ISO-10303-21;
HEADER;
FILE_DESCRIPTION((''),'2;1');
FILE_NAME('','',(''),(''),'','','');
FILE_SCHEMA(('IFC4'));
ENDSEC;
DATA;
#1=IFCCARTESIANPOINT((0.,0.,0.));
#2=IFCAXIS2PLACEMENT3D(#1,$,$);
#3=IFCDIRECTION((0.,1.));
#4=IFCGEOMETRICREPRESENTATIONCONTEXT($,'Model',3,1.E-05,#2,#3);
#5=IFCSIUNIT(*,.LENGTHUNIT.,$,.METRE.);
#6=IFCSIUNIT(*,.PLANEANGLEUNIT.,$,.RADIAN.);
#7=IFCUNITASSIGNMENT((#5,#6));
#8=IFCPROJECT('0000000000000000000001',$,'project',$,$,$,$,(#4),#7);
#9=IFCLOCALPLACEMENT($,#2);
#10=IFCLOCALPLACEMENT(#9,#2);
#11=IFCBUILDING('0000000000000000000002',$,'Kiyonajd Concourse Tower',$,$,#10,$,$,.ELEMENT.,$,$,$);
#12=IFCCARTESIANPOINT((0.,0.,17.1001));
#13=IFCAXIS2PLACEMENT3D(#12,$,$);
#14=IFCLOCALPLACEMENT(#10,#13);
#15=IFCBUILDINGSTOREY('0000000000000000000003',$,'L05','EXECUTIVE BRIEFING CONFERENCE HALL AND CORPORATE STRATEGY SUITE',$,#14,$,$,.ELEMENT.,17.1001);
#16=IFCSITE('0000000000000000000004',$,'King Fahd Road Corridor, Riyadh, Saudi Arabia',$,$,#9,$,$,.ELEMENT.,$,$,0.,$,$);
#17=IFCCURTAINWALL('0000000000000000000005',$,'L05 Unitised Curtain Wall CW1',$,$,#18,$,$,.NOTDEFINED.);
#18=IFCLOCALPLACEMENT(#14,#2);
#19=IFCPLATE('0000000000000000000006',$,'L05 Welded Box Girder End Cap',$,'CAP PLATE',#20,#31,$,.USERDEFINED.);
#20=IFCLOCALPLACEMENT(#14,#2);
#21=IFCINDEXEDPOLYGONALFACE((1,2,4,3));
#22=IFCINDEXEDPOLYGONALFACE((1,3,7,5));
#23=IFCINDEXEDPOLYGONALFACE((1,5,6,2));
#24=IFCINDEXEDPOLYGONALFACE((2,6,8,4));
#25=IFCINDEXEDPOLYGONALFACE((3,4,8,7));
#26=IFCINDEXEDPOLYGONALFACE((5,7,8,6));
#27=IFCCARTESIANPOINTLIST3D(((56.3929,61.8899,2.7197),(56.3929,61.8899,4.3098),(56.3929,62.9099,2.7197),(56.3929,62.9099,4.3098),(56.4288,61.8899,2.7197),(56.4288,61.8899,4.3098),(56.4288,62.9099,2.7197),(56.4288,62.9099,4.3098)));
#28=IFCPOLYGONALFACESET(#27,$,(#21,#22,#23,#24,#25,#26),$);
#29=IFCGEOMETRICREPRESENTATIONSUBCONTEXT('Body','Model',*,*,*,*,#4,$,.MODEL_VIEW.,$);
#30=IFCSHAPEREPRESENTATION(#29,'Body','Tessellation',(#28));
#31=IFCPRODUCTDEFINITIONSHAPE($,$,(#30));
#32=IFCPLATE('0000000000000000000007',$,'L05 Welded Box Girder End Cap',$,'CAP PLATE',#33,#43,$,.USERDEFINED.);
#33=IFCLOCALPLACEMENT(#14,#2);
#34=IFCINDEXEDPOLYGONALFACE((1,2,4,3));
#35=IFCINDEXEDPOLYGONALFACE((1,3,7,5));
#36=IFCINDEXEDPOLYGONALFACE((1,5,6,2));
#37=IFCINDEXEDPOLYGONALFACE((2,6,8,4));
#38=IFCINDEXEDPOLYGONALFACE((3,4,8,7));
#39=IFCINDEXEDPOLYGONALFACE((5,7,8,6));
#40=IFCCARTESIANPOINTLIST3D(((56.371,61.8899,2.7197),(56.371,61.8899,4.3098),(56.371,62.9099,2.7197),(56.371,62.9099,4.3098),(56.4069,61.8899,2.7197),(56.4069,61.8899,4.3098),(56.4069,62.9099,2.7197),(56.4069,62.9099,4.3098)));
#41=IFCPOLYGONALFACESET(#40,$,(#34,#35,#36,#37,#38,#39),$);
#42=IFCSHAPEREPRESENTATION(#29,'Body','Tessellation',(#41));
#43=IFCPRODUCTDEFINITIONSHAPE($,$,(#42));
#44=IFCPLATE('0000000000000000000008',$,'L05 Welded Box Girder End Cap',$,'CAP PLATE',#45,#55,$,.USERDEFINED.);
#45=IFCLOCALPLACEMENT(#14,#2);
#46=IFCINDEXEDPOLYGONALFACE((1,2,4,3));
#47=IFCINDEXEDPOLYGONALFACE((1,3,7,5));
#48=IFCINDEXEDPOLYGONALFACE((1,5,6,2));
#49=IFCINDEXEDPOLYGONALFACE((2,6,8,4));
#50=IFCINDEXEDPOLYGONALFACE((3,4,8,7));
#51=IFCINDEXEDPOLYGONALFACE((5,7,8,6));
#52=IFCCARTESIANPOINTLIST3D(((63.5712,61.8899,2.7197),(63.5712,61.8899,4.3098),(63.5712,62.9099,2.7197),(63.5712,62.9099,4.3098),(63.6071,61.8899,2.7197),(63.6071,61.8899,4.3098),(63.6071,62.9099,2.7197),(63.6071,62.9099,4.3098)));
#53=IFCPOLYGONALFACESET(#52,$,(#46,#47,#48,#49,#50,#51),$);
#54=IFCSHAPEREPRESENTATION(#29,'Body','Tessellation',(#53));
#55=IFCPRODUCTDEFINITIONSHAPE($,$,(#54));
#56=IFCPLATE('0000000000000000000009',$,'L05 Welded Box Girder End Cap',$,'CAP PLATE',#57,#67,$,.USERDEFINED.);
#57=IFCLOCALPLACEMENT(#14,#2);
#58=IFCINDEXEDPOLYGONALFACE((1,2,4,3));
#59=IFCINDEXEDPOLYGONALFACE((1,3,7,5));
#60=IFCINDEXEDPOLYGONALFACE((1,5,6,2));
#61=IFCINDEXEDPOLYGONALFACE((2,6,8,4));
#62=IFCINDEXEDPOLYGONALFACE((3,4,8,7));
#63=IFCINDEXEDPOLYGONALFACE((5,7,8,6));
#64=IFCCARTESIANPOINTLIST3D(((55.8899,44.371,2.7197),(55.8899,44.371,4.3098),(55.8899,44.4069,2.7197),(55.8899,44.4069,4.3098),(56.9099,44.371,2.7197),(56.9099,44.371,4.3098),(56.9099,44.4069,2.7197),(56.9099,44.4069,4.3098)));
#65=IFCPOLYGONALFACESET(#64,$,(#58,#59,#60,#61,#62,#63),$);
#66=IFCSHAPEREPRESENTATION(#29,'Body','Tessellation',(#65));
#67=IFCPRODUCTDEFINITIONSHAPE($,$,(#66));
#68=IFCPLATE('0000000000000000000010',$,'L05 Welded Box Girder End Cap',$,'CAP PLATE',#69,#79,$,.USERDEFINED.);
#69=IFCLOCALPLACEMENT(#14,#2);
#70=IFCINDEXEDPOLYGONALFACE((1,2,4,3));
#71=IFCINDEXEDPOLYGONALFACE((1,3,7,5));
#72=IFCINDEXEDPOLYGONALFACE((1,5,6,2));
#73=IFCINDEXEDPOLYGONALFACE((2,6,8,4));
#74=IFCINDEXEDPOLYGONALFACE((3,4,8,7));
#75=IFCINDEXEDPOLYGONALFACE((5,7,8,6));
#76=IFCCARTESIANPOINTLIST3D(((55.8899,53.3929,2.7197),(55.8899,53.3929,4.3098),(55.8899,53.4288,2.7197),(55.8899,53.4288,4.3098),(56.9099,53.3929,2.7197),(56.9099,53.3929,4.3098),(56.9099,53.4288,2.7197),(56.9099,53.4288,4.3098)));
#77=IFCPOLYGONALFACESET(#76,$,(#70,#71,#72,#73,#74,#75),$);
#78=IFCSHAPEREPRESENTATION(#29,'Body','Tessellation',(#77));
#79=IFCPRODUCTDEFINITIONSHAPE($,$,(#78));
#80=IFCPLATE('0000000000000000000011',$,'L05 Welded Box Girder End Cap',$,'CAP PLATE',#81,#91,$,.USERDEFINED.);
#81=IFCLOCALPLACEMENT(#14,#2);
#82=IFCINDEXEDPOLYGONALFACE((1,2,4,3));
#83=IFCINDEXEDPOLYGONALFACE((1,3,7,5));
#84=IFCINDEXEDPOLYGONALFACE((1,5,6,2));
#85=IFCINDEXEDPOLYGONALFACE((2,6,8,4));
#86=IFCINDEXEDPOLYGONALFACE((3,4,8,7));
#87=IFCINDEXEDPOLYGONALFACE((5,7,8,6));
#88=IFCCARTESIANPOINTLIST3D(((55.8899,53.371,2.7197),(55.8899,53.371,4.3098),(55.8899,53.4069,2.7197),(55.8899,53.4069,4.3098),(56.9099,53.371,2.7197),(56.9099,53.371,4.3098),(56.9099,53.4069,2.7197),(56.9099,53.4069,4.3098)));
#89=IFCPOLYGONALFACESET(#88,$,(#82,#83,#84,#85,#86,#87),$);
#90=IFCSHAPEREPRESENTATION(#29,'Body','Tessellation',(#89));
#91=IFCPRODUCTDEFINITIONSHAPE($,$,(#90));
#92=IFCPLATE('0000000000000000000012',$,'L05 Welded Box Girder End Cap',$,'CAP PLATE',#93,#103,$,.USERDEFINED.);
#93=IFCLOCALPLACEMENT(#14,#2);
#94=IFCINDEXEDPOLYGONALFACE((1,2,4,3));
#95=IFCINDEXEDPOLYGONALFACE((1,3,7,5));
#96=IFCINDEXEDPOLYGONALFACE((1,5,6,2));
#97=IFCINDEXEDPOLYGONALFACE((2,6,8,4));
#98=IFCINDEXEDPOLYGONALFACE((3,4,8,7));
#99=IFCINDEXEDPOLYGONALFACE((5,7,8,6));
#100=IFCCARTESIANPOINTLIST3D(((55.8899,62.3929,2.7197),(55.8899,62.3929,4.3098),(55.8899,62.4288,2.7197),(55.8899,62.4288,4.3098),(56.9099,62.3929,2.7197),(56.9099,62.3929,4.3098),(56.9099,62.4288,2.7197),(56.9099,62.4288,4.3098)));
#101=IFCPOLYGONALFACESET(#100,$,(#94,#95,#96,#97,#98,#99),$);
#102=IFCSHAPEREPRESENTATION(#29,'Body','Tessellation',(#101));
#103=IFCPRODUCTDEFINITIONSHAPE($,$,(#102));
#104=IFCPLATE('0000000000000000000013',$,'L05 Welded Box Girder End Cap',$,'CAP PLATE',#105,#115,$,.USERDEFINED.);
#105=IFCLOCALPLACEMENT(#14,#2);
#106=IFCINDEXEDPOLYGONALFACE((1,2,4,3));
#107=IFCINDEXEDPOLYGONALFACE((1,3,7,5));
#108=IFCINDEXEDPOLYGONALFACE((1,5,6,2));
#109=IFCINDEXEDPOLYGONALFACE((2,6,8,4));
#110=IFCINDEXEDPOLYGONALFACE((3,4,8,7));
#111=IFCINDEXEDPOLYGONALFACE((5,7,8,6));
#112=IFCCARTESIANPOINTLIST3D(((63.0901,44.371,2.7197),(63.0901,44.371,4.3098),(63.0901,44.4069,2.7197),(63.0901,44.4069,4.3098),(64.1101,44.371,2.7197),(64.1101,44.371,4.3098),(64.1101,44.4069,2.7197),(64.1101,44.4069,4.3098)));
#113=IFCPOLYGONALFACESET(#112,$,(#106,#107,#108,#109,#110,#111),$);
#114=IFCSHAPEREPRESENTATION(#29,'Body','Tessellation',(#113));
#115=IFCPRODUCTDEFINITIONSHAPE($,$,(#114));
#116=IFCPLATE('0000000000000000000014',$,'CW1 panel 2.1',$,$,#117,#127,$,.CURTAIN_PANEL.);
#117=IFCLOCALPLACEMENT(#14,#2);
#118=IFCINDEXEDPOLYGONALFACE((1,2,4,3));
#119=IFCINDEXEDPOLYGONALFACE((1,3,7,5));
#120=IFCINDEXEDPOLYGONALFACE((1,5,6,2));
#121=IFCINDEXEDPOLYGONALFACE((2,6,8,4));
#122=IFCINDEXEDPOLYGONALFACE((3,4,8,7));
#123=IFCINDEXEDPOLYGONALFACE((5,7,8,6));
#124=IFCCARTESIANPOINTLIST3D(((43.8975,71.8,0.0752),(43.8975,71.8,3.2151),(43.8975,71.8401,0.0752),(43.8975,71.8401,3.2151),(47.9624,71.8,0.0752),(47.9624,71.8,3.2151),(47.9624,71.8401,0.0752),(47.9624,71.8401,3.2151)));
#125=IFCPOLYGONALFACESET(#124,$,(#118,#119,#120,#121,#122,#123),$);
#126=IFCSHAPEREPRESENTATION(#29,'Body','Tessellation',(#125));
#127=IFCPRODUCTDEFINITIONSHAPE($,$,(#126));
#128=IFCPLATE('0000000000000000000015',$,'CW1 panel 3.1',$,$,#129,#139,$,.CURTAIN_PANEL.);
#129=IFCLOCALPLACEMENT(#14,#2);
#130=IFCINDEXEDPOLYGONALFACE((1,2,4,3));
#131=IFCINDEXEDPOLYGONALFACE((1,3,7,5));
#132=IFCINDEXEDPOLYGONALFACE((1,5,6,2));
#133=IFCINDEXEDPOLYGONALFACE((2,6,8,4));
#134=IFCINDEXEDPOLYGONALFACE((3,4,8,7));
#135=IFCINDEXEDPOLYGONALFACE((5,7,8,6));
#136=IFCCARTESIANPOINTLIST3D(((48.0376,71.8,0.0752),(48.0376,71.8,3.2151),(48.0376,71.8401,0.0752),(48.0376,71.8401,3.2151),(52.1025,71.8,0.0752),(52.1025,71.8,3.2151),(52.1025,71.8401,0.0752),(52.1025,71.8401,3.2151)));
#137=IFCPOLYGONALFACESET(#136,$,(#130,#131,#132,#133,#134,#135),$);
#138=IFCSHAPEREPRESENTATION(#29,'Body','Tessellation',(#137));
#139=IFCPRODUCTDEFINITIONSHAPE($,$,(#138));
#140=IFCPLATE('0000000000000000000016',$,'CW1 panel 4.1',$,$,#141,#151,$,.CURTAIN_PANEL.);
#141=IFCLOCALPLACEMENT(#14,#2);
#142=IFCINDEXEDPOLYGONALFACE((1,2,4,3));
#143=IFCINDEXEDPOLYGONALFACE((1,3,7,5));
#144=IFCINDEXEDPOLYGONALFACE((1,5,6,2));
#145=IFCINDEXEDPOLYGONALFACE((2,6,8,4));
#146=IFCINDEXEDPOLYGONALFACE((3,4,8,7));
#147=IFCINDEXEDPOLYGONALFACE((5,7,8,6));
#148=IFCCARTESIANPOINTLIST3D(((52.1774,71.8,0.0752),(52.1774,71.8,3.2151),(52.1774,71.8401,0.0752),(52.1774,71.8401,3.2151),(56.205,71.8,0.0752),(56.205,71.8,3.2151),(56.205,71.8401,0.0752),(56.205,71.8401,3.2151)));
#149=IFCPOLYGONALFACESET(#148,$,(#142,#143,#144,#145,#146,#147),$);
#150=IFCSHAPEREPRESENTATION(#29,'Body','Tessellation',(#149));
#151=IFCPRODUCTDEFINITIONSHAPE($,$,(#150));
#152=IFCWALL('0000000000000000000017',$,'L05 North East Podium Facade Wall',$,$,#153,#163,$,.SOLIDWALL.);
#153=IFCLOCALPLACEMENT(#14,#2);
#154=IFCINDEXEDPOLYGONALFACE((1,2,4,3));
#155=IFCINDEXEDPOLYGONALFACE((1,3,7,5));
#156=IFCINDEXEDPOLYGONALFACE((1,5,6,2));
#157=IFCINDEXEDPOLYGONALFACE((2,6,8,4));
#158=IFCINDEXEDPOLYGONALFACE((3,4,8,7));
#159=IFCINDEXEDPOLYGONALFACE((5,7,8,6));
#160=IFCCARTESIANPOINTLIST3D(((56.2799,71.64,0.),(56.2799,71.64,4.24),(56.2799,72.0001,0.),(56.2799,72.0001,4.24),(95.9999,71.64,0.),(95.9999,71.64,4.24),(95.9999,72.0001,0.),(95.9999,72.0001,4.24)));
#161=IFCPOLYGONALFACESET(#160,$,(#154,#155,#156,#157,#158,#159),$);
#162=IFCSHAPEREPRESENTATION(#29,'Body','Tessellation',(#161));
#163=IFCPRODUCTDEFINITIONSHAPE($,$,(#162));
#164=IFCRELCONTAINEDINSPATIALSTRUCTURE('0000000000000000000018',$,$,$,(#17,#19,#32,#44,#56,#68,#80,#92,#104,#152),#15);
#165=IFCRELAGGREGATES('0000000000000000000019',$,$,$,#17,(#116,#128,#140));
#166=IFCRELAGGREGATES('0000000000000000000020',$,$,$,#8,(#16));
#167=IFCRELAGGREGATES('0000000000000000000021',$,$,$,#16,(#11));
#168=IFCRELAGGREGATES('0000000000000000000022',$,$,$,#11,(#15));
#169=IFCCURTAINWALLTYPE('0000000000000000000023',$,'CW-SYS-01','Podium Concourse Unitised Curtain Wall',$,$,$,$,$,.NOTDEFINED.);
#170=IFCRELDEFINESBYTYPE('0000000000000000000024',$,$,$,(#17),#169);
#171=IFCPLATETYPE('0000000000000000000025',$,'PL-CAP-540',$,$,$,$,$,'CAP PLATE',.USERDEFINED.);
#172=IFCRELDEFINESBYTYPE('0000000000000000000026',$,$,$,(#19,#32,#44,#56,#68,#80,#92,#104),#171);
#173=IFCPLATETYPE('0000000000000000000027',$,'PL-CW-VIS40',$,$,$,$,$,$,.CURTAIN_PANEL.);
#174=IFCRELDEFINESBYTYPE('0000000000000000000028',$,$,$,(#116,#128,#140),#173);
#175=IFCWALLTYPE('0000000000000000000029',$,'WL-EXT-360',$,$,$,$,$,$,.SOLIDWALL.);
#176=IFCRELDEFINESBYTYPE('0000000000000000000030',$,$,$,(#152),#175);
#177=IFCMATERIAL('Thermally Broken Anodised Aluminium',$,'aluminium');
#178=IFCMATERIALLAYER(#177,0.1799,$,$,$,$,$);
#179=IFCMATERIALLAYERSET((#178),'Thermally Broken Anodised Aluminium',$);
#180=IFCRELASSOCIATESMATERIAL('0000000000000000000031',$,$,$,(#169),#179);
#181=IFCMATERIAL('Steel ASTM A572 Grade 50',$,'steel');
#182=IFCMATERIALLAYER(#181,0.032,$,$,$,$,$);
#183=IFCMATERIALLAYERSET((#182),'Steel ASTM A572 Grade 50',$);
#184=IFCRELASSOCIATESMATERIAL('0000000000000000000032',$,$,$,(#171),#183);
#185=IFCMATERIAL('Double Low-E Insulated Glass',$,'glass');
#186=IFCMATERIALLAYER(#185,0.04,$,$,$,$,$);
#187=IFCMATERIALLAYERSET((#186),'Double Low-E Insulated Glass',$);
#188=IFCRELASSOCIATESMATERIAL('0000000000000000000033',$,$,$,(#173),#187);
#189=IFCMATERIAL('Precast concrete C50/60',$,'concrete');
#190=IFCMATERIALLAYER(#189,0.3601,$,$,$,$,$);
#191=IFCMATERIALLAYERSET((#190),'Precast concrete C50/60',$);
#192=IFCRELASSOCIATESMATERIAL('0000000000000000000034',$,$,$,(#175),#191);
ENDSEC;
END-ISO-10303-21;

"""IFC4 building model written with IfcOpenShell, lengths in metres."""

from ifc_helpers import new_model, si_unit, direction, frame, frame_2d, origin, origin_2d, place, context, subcontext, project, spatial, rectangle, extrude, material, layer, layer_set, type_object, element, aggregate, save


model = new_model("IFC4")

# Units and contexts
model_context = context("Model", 3, precision=1e-05, world=origin(), true_north=direction((0.0, 1.0)))
body_context = subcontext(model_context, "Body", "Model", "MODEL_VIEW")
ifc_project = project(units=[si_unit("LENGTHUNIT", "METRE"), si_unit("PLANEANGLEUNIT", "RADIAN")], contexts=[model_context])

# Site, building, storey
site_placement = place(None, origin())
site = spatial("IfcSite", under=ifc_project, at=site_placement, Name="King Fahd Road Corridor, Riyadh, Saudi Arabia", CompositionType="ELEMENT", RefElevation=0.0)
building_placement = place(site_placement, origin())
building = spatial("IfcBuilding", under=site, at=building_placement, Name="Kiyonajd Concourse Tower", CompositionType="ELEMENT")
storey_placement = place(building_placement, frame((0.0, 0.0, 17.1001)))
storey = spatial("IfcBuildingStorey", under=building, at=storey_placement, Name="L05", Description="EXECUTIVE BRIEFING CONFERENCE HALL AND CORPORATE STRATEGY SUITE", CompositionType="ELEMENT", Elevation=17.1001)

# Shared definitions
ifc_material_1 = material(Name="Steel ASTM A572 Grade 50", Category="steel")

# Curtain wall
ifc_material_2 = material(Name="Thermally Broken Anodised Aluminium", Category="aluminium")
ifc_layer_1 = layer(ifc_material_2, 0.1799)
ifc_layer_set_1 = layer_set([ifc_layer_1], Name="Thermally Broken Anodised Aluminium")
curtain_wall_type = type_object("IfcCurtainWallType", Name="CW-SYS-01", Description="Podium Concourse Unitised Curtain Wall", PredefinedType="NOTDEFINED", material=ifc_layer_set_1)
curtain_wall_placement = place(storey_placement, origin())
curtain_wall = element("IfcCurtainWall", 1, at=curtain_wall_placement, inside=storey, type_object=curtain_wall_type, Name="L05 Unitised Curtain Wall CW1", PredefinedType="NOTDEFINED")

# Plates
ifc_layer_2 = layer(ifc_material_1, 0.032)
ifc_layer_set_2 = layer_set([ifc_layer_2], Name="Steel ASTM A572 Grade 50")
plate_type_1 = type_object("IfcPlateType", Name="PL-CAP-540", ElementType="CAP PLATE", PredefinedType="USERDEFINED", material=ifc_layer_set_2)
for number, where, z_axis, x_axis, name in (
    (2, (56.4109, 62.3999, 2.7197), (0.0, 0.0, 1.0), (1.0, 0.0, 0.0), "L05 Welded Box Girder End Cap"),
    (3, (56.3889, 62.3999, 2.7197), (0.0, 0.0, 1.0), (-1.0, 0.0, 0.0), "L05 Welded Box Girder End Cap"),
    (4, (63.5891, 62.3999, 2.7197), (0.0, 0.0, 1.0), (-1.0, 0.0, 0.0), "L05 Welded Box Girder End Cap"),
    (5, (56.3999, 44.3889, 2.7197), (0.0, 0.0, 1.0), (0.0, -1.0, 0.0), "L05 Welded Box Girder End Cap"),
    (6, (56.3999, 53.4109, 2.7197), (0.0, 0.0, 1.0), (0.0, 1.0, 0.0), "L05 Welded Box Girder End Cap"),
    (7, (56.3999, 53.3889, 2.7197), (0.0, 0.0, 1.0), (0.0, -1.0, 0.0), "L05 Welded Box Girder End Cap"),
    (8, (56.3999, 62.4109, 2.7197), (0.0, 0.0, 1.0), (0.0, 1.0, 0.0), "L05 Welded Box Girder End Cap"),
    (9, (63.6001, 44.3889, 2.7197), (0.0, 0.0, 1.0), (0.0, -1.0, 0.0), "L05 Welded Box Girder End Cap"),
):
    element("IfcPlate", number, at=place(storey_placement, frame(where, z_axis=z_axis, x_axis=x_axis)), inside=storey, type_object=plate_type_1, Name=name, ObjectType="CAP PLATE", PredefinedType="USERDEFINED", context=body_context, shape_type="SweptSolid", body=[
        extrude(rectangle(XDim=0.0359, YDim=1.02, at=origin_2d()), origin(), (0.0, 0.0, 1.0), 1.5901),
    ])

# Plates
ifc_material_3 = material(Name="Double Low-E Insulated Glass", Category="glass")
ifc_layer_3 = layer(ifc_material_3, 0.04)
ifc_layer_set_3 = layer_set([ifc_layer_3], Name="Double Low-E Insulated Glass")
plate_type_2 = type_object("IfcPlateType", Name="PL-CW-VIS40", PredefinedType="CURTAIN_PANEL", material=ifc_layer_set_3)
plate_1_placement = place(storey_placement, frame((45.9299, 71.8201, 0.0752), z_axis=(0.0, 0.0, 1.0), x_axis=(1.0, 0.0, 0.0)))
plate_1 = element("IfcPlate", 10, at=plate_1_placement, type_object=plate_type_2, Name="CW1 panel 2.1", PredefinedType="CURTAIN_PANEL", context=body_context, shape_type="SweptSolid", body=[
    extrude(rectangle(XDim=4.0649, YDim=0.04, at=origin_2d()), origin(), (0.0, 0.0, 1.0), 3.1399),
])
plate_2_placement = place(storey_placement, frame((50.0701, 71.8201, 0.0752), z_axis=(0.0, 0.0, 1.0), x_axis=(1.0, 0.0, 0.0)))
plate_2 = element("IfcPlate", 11, at=plate_2_placement, type_object=plate_type_2, Name="CW1 panel 3.1", PredefinedType="CURTAIN_PANEL", context=body_context, shape_type="SweptSolid", body=[
    extrude(rectangle(XDim=4.0649, YDim=0.04, at=origin_2d()), origin(), (0.0, 0.0, 1.0), 3.1399),
])
plate_3_placement = place(storey_placement, frame((54.1912, 71.8201, 0.0752), z_axis=(0.0, 0.0, 1.0), x_axis=(1.0, 0.0, 0.0)))
plate_3 = element("IfcPlate", 12, at=plate_3_placement, type_object=plate_type_2, Name="CW1 panel 4.1", PredefinedType="CURTAIN_PANEL", context=body_context, shape_type="SweptSolid", body=[
    extrude(rectangle(XDim=4.0276, YDim=0.04, at=origin_2d()), origin(), (0.0, 0.0, 1.0), 3.1399),
])
aggregate(curtain_wall, [plate_1, plate_2, plate_3])

# Wall
ifc_material_4 = material(Name="Precast concrete C50/60", Category="concrete")
ifc_layer_4 = layer(ifc_material_4, 0.3601)
ifc_layer_set_4 = layer_set([ifc_layer_4], Name="Precast concrete C50/60")
wall_type = type_object("IfcWallType", Name="WL-EXT-360", PredefinedType="SOLIDWALL", material=ifc_layer_set_4)
wall_placement = place(storey_placement, frame((56.28, 71.8201, 0.0), z_axis=(0.0, 0.0, 1.0), x_axis=(1.0, 0.0, 0.0)))
element("IfcWall", 13, at=wall_placement, inside=storey, type_object=wall_type, Name="L05 North East Podium Facade Wall", PredefinedType="SOLIDWALL", context=body_context, shape_type="SweptSolid", body=[
    extrude(rectangle(XDim=39.72, YDim=0.3601, at=frame_2d((19.8599, 0.0))), origin(), (0.0, 0.0, 1.0), 4.24),
])

save(model, "model.ifc")
